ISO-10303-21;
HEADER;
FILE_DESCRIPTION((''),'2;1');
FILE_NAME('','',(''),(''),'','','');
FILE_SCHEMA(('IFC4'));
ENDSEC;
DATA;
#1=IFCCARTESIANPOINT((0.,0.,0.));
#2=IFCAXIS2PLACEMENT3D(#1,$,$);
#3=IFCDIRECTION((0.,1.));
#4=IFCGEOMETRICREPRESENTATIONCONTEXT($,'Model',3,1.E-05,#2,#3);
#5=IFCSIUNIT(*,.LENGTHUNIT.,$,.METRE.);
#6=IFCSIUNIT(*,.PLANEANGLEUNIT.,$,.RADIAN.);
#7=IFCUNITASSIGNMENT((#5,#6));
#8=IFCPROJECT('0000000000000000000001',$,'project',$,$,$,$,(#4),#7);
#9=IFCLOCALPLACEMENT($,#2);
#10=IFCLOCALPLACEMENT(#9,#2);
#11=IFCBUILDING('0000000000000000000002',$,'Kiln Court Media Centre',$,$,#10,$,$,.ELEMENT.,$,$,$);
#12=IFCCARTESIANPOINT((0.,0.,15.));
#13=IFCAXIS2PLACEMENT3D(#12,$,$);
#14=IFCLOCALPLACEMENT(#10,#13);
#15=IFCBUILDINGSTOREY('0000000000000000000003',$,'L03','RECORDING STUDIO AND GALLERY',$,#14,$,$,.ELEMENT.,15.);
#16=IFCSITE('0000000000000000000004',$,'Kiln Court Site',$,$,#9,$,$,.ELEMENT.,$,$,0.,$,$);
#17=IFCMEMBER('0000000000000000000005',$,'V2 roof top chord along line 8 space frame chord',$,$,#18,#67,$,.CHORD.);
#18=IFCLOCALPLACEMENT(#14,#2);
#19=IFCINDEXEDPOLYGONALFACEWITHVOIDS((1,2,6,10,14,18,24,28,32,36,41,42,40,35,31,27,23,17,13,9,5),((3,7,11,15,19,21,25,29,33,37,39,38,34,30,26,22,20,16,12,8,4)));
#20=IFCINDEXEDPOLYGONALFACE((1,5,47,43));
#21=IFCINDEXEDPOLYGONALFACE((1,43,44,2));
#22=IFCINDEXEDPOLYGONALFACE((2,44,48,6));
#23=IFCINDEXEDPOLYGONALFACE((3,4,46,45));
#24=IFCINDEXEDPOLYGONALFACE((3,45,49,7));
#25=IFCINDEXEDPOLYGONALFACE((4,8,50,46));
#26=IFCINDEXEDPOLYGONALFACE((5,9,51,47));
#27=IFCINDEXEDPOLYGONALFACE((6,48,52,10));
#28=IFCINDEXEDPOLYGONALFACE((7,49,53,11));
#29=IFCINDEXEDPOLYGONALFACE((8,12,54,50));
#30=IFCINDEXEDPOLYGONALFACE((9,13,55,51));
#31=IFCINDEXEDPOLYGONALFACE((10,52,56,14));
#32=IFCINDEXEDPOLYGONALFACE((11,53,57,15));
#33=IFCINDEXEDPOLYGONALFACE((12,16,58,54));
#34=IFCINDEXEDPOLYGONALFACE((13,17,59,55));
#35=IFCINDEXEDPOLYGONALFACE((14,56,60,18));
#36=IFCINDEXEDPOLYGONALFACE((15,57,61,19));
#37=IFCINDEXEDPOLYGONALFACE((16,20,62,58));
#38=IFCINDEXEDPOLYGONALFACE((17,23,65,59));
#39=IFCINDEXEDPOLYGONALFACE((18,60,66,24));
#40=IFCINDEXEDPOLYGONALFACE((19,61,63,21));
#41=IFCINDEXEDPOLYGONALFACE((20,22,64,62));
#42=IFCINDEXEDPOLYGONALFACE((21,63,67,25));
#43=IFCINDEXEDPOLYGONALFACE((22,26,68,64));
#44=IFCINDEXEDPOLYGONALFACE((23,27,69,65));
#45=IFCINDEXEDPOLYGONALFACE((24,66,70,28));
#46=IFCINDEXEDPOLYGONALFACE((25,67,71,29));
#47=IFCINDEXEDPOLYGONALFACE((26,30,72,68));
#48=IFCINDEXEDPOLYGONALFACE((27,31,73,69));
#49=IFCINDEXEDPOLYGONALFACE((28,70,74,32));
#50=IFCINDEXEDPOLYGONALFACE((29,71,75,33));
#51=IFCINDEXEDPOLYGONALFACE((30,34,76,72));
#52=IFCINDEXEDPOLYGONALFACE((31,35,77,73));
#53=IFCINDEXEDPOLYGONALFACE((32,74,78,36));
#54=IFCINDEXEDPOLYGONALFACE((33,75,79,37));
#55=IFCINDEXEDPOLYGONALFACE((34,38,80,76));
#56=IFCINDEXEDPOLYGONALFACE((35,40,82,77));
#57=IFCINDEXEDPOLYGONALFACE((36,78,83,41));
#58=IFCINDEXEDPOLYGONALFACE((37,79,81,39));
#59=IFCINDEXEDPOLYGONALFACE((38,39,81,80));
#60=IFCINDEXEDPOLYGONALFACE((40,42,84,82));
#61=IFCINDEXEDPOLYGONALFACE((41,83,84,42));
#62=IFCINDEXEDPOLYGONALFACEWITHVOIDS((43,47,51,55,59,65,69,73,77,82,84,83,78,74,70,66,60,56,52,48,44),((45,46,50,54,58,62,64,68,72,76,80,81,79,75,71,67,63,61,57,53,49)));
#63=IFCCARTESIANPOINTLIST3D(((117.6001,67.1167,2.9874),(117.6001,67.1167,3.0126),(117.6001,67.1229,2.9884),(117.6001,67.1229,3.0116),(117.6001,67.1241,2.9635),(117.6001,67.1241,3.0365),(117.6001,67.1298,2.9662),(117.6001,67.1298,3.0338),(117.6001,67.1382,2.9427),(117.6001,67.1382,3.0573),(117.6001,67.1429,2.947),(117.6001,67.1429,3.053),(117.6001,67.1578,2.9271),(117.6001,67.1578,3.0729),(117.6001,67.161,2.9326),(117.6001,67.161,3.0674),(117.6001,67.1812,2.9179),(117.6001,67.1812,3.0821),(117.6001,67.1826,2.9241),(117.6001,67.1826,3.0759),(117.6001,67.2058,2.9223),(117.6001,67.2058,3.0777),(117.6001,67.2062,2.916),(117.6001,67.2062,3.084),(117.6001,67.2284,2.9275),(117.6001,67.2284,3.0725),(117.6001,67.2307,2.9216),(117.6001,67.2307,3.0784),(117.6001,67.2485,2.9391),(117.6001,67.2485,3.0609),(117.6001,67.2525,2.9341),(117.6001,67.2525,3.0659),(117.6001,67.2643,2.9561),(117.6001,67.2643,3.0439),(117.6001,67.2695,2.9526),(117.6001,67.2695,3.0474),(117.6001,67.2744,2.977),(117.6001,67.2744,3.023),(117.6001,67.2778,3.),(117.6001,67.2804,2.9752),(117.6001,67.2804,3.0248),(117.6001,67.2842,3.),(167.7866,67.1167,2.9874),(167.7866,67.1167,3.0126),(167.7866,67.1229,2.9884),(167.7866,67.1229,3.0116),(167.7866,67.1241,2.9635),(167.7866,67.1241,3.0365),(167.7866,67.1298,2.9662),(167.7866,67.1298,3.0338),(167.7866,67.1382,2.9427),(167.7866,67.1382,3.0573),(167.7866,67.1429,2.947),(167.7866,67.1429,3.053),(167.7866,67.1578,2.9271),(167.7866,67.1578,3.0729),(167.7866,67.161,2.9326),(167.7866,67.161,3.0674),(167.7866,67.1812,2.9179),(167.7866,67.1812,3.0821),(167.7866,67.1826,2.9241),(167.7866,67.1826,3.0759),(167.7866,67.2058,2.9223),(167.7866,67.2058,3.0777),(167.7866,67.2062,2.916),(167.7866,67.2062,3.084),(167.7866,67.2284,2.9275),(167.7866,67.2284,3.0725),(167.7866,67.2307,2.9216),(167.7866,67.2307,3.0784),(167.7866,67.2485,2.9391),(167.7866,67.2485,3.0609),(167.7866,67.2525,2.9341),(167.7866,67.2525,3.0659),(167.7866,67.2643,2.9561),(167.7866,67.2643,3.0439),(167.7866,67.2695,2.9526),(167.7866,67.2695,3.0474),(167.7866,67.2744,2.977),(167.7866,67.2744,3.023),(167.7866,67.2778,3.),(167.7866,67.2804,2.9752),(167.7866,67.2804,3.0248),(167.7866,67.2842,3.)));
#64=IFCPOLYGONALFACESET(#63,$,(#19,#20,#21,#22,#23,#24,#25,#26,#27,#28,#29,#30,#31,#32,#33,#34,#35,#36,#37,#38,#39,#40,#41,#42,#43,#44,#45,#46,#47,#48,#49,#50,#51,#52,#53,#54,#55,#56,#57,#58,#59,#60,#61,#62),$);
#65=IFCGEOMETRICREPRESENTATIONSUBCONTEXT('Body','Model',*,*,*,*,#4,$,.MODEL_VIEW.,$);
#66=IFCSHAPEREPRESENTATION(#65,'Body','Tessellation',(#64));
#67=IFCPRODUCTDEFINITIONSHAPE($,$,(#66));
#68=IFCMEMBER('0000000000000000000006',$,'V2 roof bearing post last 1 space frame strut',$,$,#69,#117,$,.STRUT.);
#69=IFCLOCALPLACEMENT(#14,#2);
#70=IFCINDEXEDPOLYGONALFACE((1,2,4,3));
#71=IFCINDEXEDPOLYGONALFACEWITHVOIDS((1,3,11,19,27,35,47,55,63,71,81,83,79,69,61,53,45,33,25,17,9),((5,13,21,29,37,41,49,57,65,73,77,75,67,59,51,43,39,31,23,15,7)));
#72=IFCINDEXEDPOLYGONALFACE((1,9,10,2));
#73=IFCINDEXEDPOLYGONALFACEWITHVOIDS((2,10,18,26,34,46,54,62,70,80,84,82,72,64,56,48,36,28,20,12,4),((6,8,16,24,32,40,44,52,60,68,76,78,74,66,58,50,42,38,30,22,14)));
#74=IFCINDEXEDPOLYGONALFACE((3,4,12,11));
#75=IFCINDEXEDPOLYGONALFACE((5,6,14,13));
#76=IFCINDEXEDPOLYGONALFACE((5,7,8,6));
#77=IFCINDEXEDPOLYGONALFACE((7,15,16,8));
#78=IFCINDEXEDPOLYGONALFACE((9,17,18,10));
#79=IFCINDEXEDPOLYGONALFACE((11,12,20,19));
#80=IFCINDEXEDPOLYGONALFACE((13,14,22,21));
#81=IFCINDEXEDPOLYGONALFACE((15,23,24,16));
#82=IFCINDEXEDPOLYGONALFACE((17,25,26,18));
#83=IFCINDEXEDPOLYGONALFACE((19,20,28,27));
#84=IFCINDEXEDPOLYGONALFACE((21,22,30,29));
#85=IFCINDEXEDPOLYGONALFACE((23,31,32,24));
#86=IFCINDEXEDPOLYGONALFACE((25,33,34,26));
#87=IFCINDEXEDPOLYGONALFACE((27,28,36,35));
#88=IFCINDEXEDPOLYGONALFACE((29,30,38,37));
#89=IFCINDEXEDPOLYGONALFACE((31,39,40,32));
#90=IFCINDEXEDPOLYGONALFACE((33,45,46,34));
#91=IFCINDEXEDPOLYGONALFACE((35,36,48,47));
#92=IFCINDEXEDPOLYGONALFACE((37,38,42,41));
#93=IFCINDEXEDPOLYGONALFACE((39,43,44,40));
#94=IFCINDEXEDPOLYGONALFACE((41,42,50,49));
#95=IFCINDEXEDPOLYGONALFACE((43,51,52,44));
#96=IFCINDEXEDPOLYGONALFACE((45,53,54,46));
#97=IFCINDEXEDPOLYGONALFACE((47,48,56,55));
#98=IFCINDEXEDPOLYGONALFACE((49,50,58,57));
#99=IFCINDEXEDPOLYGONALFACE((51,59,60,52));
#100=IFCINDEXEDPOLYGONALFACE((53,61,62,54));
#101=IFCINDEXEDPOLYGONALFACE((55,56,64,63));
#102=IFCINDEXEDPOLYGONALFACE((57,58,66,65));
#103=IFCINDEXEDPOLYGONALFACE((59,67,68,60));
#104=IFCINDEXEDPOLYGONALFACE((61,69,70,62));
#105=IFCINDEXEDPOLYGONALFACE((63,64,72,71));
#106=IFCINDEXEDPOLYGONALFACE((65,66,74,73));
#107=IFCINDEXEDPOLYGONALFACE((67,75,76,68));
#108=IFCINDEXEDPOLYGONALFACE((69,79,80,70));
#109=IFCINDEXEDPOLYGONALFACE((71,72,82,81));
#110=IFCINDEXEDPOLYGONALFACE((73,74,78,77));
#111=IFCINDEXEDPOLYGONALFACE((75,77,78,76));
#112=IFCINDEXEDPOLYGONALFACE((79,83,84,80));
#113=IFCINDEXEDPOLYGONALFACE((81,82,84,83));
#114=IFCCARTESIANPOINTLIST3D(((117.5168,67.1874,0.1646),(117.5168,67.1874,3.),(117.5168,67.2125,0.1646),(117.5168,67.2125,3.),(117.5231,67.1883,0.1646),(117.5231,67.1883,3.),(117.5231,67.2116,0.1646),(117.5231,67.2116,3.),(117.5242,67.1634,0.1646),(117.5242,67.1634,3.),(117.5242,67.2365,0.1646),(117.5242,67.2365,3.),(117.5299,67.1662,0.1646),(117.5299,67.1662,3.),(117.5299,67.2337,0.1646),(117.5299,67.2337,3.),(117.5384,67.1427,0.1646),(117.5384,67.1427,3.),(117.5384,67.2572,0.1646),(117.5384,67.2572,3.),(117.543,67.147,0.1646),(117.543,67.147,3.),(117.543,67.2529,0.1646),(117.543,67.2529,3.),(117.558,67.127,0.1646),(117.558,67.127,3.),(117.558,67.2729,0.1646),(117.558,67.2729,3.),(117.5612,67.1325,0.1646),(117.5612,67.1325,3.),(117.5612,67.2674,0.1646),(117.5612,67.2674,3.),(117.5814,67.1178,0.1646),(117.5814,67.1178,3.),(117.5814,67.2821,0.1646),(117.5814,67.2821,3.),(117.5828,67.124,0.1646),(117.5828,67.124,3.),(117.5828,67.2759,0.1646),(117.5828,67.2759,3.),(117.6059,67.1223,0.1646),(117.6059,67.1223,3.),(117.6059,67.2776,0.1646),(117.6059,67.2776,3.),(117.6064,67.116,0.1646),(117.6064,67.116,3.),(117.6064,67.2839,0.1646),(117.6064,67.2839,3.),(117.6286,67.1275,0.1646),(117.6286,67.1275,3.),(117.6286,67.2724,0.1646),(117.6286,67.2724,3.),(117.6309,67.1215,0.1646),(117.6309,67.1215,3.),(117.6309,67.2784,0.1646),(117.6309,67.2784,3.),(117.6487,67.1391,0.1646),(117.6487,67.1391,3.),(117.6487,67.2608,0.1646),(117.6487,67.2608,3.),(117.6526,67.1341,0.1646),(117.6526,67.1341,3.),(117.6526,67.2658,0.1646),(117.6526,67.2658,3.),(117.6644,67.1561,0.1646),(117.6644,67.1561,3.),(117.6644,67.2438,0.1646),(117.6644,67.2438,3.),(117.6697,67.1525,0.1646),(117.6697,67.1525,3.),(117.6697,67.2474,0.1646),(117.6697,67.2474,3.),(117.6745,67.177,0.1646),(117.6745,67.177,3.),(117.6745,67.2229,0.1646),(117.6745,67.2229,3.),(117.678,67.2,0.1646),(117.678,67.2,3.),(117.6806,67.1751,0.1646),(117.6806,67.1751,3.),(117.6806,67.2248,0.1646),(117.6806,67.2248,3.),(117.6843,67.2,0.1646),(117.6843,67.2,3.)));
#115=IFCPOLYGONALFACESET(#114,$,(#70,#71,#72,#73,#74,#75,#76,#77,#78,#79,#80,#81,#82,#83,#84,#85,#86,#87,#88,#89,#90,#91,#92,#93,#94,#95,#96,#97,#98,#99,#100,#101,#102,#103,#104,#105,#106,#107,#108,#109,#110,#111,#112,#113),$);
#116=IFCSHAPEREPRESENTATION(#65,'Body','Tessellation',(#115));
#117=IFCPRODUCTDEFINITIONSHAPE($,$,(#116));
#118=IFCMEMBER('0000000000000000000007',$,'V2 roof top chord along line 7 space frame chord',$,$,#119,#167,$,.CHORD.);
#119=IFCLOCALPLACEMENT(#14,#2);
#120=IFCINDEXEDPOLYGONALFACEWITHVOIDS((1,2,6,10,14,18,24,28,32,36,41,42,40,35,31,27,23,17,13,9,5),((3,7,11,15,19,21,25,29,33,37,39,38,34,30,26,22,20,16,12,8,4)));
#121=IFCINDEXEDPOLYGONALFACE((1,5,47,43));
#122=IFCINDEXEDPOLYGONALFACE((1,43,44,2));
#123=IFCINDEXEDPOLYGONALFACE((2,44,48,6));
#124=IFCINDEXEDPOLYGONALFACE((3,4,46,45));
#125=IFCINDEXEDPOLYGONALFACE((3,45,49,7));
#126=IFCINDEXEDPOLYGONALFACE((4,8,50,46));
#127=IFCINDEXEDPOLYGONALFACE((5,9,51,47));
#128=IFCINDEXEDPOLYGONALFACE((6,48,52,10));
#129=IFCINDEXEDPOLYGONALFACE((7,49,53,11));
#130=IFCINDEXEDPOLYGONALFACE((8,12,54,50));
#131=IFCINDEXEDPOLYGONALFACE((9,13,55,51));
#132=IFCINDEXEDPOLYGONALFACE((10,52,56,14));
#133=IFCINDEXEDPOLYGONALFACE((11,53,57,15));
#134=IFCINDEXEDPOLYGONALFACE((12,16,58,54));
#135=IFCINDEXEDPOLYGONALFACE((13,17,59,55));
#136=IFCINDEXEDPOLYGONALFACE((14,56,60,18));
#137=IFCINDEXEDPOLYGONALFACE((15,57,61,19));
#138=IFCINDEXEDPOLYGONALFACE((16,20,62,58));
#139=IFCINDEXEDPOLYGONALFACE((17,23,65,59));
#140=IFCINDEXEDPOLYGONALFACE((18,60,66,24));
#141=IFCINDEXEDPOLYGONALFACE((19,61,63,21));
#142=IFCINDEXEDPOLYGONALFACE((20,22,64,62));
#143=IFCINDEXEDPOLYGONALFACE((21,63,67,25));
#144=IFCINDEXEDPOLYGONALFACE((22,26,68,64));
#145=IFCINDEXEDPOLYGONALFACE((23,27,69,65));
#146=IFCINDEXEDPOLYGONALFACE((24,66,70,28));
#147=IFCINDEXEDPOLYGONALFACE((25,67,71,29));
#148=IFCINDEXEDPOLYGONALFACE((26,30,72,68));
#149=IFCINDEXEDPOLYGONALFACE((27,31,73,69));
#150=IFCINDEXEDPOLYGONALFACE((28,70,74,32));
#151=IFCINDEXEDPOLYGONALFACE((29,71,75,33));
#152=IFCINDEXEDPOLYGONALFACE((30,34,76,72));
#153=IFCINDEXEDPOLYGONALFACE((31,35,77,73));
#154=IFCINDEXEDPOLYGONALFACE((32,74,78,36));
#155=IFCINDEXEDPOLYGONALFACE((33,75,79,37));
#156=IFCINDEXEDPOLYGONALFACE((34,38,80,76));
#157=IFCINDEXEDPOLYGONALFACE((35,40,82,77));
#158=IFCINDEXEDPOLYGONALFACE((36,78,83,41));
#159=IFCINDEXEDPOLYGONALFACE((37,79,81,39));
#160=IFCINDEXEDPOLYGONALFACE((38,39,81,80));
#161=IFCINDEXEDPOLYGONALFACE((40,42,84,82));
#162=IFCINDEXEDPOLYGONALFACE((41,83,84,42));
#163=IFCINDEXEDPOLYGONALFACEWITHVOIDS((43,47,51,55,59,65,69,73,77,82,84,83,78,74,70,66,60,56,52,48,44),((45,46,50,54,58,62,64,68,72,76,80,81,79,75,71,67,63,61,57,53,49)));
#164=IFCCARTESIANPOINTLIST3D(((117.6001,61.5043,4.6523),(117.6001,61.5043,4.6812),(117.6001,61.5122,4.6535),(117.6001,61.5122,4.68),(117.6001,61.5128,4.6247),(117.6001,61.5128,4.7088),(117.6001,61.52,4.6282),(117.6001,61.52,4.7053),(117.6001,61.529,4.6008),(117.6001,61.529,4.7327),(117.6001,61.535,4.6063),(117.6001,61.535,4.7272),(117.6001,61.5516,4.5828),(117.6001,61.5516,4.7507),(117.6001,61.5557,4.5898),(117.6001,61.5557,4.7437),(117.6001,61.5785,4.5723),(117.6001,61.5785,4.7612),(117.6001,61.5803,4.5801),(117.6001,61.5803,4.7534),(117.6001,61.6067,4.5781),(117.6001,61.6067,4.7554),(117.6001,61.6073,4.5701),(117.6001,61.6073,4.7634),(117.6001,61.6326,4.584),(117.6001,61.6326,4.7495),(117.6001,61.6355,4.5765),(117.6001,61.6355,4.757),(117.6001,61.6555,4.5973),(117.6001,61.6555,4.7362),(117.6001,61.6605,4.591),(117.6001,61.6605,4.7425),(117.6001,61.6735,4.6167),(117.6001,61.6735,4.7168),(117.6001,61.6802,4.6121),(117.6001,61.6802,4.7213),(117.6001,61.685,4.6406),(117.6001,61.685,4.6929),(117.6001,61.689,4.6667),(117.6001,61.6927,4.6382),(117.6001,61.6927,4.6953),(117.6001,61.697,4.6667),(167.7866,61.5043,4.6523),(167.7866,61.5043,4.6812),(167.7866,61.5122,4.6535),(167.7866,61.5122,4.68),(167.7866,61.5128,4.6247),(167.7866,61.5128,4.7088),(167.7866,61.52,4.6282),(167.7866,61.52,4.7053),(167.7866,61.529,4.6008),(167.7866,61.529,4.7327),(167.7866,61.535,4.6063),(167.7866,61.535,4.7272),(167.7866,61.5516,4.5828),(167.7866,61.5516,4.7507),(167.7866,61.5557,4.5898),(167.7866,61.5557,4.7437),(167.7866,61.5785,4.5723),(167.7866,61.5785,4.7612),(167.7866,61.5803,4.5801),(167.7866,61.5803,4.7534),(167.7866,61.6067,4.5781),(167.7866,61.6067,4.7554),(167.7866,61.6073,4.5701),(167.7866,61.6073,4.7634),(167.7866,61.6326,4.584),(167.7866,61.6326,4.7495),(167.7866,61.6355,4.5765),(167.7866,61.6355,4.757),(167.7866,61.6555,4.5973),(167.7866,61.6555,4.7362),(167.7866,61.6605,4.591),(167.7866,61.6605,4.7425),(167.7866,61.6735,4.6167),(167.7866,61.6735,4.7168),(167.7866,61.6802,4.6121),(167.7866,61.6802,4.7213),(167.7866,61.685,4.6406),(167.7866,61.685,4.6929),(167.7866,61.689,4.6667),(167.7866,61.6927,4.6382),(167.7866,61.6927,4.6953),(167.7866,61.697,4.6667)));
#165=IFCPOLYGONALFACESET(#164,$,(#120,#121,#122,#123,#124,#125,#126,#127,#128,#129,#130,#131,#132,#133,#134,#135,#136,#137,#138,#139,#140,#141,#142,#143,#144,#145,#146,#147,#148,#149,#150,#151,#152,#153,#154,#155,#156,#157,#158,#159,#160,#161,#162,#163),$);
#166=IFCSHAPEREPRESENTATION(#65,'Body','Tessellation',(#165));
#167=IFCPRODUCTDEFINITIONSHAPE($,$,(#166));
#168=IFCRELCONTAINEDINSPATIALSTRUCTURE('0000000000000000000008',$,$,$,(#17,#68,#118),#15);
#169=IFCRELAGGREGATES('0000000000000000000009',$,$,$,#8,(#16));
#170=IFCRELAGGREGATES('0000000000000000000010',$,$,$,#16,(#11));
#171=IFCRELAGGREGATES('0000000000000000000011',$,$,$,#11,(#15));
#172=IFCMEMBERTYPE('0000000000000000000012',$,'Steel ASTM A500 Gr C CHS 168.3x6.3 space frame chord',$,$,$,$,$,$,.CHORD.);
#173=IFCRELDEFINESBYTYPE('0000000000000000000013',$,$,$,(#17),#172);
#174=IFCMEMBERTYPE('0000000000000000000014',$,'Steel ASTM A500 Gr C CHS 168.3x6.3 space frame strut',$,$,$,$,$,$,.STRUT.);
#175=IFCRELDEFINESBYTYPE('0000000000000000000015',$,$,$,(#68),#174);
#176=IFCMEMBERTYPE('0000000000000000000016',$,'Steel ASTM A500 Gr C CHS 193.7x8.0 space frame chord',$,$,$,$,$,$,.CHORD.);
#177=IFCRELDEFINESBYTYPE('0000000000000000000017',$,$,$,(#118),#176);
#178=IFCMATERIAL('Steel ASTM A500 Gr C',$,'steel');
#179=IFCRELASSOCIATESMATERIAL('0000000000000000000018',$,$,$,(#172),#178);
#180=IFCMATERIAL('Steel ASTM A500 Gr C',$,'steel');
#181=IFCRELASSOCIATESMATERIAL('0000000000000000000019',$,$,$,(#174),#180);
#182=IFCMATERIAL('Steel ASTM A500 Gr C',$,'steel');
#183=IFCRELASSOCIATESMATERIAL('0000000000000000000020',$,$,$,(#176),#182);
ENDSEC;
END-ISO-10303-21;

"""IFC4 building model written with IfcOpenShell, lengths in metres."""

from ifc_helpers import new_model, si_unit, direction, frame, origin, origin_2d, place, context, subcontext, project, spatial, hollow_circle, extrude, material, material_profile, profile_set, type_object, element, save


model = new_model("IFC4")

# Units and contexts
model_context = context("Model", 3, precision=1e-05, world=origin(), true_north=direction((0.0, 1.0)))
body_context = subcontext(model_context, "Body", "Model", "MODEL_VIEW")
ifc_project = project(units=[si_unit("LENGTHUNIT", "METRE"), si_unit("PLANEANGLEUNIT", "RADIAN")], contexts=[model_context])

# Site, building, storey
site_placement = place(None, origin())
site = spatial("IfcSite", under=ifc_project, at=site_placement, Name="Kiln Court Site", CompositionType="ELEMENT", RefElevation=0.0)
building_placement = place(site_placement, origin())
building = spatial("IfcBuilding", under=site, at=building_placement, Name="Kiln Court Media Centre", CompositionType="ELEMENT")
storey_placement = place(building_placement, frame((0.0, 0.0, 15.0)))
storey = spatial("IfcBuildingStorey", under=building, at=storey_placement, Name="L03", Description="RECORDING STUDIO AND GALLERY", CompositionType="ELEMENT", Elevation=15.0)

# Members
ifc_material_1 = material(Name="Steel ASTM A500 Gr C", Category="steel")
ifc_material_profile_1 = material_profile(ifc_material_1, hollow_circle(Radius=0.0842, WallThickness=0.0063, at=origin_2d()), Name="CHS 168.3x6.3")
ifc_profile_set_1 = profile_set([ifc_material_profile_1], Name="Steel ASTM A500 Gr C")
member_type_1 = type_object("IfcMemberType", Name="Steel ASTM A500 Gr C CHS 168.3x6.3 space frame chord", PredefinedType="CHORD", material=ifc_profile_set_1)
member_1_placement = place(storey_placement, frame((117.6001, 67.2, 3.0), z_axis=(1.0, 0.0, 0.0), x_axis=(0.0, 1.0, 0.0)))
element("IfcMember", 1, at=member_1_placement, inside=storey, type_object=member_type_1, Name="V2 roof top chord along line 8 space frame chord", PredefinedType="CHORD", context=body_context, shape_type="SweptSolid", body=[
    extrude(hollow_circle(Radius=0.0842, WallThickness=0.0063, at=origin_2d()), origin(), (0.0, 0.0, 1.0), 50.1865),
])
ifc_material_2 = material(Name="Steel ASTM A500 Gr C", Category="steel")
ifc_material_profile_2 = material_profile(ifc_material_2, hollow_circle(Radius=0.0842, WallThickness=0.0063, at=origin_2d()), Name="CHS 168.3x6.3")
ifc_profile_set_2 = profile_set([ifc_material_profile_2], Name="Steel ASTM A500 Gr C")
member_type_2 = type_object("IfcMemberType", Name="Steel ASTM A500 Gr C CHS 168.3x6.3 space frame strut", PredefinedType="STRUT", material=ifc_profile_set_2)
member_2_placement = place(storey_placement, frame((117.6001, 67.2, 0.1646), z_axis=(0.0, 0.0, 1.0), x_axis=(1.0, 0.0, 0.0)))
element("IfcMember", 2, at=member_2_placement, inside=storey, type_object=member_type_2, Name="V2 roof bearing post last 1 space frame strut", PredefinedType="STRUT", context=body_context, shape_type="SweptSolid", body=[
    extrude(hollow_circle(Radius=0.0842, WallThickness=0.0063, at=origin_2d()), origin(), (0.0, 0.0, 1.0), 2.8354),
])
ifc_material_3 = material(Name="Steel ASTM A500 Gr C", Category="steel")
ifc_material_profile_3 = material_profile(ifc_material_3, hollow_circle(Radius=0.0969, WallThickness=0.0081, at=origin_2d()), Name="CHS 193.7x8.0")
ifc_profile_set_3 = profile_set([ifc_material_profile_3], Name="Steel ASTM A500 Gr C")
member_type_3 = type_object("IfcMemberType", Name="Steel ASTM A500 Gr C CHS 193.7x8.0 space frame chord", PredefinedType="CHORD", material=ifc_profile_set_3)
member_3_placement = place(storey_placement, frame((117.6001, 61.6001, 4.6667), z_axis=(1.0, 0.0, 0.0), x_axis=(0.0, 1.0, 0.0)))
element("IfcMember", 3, at=member_3_placement, inside=storey, type_object=member_type_3, Name="V2 roof top chord along line 7 space frame chord", PredefinedType="CHORD", context=body_context, shape_type="SweptSolid", body=[
    extrude(hollow_circle(Radius=0.0969, WallThickness=0.0081, at=origin_2d()), origin(), (0.0, 0.0, 1.0), 50.1865),
])

save(model, "model.ifc")
